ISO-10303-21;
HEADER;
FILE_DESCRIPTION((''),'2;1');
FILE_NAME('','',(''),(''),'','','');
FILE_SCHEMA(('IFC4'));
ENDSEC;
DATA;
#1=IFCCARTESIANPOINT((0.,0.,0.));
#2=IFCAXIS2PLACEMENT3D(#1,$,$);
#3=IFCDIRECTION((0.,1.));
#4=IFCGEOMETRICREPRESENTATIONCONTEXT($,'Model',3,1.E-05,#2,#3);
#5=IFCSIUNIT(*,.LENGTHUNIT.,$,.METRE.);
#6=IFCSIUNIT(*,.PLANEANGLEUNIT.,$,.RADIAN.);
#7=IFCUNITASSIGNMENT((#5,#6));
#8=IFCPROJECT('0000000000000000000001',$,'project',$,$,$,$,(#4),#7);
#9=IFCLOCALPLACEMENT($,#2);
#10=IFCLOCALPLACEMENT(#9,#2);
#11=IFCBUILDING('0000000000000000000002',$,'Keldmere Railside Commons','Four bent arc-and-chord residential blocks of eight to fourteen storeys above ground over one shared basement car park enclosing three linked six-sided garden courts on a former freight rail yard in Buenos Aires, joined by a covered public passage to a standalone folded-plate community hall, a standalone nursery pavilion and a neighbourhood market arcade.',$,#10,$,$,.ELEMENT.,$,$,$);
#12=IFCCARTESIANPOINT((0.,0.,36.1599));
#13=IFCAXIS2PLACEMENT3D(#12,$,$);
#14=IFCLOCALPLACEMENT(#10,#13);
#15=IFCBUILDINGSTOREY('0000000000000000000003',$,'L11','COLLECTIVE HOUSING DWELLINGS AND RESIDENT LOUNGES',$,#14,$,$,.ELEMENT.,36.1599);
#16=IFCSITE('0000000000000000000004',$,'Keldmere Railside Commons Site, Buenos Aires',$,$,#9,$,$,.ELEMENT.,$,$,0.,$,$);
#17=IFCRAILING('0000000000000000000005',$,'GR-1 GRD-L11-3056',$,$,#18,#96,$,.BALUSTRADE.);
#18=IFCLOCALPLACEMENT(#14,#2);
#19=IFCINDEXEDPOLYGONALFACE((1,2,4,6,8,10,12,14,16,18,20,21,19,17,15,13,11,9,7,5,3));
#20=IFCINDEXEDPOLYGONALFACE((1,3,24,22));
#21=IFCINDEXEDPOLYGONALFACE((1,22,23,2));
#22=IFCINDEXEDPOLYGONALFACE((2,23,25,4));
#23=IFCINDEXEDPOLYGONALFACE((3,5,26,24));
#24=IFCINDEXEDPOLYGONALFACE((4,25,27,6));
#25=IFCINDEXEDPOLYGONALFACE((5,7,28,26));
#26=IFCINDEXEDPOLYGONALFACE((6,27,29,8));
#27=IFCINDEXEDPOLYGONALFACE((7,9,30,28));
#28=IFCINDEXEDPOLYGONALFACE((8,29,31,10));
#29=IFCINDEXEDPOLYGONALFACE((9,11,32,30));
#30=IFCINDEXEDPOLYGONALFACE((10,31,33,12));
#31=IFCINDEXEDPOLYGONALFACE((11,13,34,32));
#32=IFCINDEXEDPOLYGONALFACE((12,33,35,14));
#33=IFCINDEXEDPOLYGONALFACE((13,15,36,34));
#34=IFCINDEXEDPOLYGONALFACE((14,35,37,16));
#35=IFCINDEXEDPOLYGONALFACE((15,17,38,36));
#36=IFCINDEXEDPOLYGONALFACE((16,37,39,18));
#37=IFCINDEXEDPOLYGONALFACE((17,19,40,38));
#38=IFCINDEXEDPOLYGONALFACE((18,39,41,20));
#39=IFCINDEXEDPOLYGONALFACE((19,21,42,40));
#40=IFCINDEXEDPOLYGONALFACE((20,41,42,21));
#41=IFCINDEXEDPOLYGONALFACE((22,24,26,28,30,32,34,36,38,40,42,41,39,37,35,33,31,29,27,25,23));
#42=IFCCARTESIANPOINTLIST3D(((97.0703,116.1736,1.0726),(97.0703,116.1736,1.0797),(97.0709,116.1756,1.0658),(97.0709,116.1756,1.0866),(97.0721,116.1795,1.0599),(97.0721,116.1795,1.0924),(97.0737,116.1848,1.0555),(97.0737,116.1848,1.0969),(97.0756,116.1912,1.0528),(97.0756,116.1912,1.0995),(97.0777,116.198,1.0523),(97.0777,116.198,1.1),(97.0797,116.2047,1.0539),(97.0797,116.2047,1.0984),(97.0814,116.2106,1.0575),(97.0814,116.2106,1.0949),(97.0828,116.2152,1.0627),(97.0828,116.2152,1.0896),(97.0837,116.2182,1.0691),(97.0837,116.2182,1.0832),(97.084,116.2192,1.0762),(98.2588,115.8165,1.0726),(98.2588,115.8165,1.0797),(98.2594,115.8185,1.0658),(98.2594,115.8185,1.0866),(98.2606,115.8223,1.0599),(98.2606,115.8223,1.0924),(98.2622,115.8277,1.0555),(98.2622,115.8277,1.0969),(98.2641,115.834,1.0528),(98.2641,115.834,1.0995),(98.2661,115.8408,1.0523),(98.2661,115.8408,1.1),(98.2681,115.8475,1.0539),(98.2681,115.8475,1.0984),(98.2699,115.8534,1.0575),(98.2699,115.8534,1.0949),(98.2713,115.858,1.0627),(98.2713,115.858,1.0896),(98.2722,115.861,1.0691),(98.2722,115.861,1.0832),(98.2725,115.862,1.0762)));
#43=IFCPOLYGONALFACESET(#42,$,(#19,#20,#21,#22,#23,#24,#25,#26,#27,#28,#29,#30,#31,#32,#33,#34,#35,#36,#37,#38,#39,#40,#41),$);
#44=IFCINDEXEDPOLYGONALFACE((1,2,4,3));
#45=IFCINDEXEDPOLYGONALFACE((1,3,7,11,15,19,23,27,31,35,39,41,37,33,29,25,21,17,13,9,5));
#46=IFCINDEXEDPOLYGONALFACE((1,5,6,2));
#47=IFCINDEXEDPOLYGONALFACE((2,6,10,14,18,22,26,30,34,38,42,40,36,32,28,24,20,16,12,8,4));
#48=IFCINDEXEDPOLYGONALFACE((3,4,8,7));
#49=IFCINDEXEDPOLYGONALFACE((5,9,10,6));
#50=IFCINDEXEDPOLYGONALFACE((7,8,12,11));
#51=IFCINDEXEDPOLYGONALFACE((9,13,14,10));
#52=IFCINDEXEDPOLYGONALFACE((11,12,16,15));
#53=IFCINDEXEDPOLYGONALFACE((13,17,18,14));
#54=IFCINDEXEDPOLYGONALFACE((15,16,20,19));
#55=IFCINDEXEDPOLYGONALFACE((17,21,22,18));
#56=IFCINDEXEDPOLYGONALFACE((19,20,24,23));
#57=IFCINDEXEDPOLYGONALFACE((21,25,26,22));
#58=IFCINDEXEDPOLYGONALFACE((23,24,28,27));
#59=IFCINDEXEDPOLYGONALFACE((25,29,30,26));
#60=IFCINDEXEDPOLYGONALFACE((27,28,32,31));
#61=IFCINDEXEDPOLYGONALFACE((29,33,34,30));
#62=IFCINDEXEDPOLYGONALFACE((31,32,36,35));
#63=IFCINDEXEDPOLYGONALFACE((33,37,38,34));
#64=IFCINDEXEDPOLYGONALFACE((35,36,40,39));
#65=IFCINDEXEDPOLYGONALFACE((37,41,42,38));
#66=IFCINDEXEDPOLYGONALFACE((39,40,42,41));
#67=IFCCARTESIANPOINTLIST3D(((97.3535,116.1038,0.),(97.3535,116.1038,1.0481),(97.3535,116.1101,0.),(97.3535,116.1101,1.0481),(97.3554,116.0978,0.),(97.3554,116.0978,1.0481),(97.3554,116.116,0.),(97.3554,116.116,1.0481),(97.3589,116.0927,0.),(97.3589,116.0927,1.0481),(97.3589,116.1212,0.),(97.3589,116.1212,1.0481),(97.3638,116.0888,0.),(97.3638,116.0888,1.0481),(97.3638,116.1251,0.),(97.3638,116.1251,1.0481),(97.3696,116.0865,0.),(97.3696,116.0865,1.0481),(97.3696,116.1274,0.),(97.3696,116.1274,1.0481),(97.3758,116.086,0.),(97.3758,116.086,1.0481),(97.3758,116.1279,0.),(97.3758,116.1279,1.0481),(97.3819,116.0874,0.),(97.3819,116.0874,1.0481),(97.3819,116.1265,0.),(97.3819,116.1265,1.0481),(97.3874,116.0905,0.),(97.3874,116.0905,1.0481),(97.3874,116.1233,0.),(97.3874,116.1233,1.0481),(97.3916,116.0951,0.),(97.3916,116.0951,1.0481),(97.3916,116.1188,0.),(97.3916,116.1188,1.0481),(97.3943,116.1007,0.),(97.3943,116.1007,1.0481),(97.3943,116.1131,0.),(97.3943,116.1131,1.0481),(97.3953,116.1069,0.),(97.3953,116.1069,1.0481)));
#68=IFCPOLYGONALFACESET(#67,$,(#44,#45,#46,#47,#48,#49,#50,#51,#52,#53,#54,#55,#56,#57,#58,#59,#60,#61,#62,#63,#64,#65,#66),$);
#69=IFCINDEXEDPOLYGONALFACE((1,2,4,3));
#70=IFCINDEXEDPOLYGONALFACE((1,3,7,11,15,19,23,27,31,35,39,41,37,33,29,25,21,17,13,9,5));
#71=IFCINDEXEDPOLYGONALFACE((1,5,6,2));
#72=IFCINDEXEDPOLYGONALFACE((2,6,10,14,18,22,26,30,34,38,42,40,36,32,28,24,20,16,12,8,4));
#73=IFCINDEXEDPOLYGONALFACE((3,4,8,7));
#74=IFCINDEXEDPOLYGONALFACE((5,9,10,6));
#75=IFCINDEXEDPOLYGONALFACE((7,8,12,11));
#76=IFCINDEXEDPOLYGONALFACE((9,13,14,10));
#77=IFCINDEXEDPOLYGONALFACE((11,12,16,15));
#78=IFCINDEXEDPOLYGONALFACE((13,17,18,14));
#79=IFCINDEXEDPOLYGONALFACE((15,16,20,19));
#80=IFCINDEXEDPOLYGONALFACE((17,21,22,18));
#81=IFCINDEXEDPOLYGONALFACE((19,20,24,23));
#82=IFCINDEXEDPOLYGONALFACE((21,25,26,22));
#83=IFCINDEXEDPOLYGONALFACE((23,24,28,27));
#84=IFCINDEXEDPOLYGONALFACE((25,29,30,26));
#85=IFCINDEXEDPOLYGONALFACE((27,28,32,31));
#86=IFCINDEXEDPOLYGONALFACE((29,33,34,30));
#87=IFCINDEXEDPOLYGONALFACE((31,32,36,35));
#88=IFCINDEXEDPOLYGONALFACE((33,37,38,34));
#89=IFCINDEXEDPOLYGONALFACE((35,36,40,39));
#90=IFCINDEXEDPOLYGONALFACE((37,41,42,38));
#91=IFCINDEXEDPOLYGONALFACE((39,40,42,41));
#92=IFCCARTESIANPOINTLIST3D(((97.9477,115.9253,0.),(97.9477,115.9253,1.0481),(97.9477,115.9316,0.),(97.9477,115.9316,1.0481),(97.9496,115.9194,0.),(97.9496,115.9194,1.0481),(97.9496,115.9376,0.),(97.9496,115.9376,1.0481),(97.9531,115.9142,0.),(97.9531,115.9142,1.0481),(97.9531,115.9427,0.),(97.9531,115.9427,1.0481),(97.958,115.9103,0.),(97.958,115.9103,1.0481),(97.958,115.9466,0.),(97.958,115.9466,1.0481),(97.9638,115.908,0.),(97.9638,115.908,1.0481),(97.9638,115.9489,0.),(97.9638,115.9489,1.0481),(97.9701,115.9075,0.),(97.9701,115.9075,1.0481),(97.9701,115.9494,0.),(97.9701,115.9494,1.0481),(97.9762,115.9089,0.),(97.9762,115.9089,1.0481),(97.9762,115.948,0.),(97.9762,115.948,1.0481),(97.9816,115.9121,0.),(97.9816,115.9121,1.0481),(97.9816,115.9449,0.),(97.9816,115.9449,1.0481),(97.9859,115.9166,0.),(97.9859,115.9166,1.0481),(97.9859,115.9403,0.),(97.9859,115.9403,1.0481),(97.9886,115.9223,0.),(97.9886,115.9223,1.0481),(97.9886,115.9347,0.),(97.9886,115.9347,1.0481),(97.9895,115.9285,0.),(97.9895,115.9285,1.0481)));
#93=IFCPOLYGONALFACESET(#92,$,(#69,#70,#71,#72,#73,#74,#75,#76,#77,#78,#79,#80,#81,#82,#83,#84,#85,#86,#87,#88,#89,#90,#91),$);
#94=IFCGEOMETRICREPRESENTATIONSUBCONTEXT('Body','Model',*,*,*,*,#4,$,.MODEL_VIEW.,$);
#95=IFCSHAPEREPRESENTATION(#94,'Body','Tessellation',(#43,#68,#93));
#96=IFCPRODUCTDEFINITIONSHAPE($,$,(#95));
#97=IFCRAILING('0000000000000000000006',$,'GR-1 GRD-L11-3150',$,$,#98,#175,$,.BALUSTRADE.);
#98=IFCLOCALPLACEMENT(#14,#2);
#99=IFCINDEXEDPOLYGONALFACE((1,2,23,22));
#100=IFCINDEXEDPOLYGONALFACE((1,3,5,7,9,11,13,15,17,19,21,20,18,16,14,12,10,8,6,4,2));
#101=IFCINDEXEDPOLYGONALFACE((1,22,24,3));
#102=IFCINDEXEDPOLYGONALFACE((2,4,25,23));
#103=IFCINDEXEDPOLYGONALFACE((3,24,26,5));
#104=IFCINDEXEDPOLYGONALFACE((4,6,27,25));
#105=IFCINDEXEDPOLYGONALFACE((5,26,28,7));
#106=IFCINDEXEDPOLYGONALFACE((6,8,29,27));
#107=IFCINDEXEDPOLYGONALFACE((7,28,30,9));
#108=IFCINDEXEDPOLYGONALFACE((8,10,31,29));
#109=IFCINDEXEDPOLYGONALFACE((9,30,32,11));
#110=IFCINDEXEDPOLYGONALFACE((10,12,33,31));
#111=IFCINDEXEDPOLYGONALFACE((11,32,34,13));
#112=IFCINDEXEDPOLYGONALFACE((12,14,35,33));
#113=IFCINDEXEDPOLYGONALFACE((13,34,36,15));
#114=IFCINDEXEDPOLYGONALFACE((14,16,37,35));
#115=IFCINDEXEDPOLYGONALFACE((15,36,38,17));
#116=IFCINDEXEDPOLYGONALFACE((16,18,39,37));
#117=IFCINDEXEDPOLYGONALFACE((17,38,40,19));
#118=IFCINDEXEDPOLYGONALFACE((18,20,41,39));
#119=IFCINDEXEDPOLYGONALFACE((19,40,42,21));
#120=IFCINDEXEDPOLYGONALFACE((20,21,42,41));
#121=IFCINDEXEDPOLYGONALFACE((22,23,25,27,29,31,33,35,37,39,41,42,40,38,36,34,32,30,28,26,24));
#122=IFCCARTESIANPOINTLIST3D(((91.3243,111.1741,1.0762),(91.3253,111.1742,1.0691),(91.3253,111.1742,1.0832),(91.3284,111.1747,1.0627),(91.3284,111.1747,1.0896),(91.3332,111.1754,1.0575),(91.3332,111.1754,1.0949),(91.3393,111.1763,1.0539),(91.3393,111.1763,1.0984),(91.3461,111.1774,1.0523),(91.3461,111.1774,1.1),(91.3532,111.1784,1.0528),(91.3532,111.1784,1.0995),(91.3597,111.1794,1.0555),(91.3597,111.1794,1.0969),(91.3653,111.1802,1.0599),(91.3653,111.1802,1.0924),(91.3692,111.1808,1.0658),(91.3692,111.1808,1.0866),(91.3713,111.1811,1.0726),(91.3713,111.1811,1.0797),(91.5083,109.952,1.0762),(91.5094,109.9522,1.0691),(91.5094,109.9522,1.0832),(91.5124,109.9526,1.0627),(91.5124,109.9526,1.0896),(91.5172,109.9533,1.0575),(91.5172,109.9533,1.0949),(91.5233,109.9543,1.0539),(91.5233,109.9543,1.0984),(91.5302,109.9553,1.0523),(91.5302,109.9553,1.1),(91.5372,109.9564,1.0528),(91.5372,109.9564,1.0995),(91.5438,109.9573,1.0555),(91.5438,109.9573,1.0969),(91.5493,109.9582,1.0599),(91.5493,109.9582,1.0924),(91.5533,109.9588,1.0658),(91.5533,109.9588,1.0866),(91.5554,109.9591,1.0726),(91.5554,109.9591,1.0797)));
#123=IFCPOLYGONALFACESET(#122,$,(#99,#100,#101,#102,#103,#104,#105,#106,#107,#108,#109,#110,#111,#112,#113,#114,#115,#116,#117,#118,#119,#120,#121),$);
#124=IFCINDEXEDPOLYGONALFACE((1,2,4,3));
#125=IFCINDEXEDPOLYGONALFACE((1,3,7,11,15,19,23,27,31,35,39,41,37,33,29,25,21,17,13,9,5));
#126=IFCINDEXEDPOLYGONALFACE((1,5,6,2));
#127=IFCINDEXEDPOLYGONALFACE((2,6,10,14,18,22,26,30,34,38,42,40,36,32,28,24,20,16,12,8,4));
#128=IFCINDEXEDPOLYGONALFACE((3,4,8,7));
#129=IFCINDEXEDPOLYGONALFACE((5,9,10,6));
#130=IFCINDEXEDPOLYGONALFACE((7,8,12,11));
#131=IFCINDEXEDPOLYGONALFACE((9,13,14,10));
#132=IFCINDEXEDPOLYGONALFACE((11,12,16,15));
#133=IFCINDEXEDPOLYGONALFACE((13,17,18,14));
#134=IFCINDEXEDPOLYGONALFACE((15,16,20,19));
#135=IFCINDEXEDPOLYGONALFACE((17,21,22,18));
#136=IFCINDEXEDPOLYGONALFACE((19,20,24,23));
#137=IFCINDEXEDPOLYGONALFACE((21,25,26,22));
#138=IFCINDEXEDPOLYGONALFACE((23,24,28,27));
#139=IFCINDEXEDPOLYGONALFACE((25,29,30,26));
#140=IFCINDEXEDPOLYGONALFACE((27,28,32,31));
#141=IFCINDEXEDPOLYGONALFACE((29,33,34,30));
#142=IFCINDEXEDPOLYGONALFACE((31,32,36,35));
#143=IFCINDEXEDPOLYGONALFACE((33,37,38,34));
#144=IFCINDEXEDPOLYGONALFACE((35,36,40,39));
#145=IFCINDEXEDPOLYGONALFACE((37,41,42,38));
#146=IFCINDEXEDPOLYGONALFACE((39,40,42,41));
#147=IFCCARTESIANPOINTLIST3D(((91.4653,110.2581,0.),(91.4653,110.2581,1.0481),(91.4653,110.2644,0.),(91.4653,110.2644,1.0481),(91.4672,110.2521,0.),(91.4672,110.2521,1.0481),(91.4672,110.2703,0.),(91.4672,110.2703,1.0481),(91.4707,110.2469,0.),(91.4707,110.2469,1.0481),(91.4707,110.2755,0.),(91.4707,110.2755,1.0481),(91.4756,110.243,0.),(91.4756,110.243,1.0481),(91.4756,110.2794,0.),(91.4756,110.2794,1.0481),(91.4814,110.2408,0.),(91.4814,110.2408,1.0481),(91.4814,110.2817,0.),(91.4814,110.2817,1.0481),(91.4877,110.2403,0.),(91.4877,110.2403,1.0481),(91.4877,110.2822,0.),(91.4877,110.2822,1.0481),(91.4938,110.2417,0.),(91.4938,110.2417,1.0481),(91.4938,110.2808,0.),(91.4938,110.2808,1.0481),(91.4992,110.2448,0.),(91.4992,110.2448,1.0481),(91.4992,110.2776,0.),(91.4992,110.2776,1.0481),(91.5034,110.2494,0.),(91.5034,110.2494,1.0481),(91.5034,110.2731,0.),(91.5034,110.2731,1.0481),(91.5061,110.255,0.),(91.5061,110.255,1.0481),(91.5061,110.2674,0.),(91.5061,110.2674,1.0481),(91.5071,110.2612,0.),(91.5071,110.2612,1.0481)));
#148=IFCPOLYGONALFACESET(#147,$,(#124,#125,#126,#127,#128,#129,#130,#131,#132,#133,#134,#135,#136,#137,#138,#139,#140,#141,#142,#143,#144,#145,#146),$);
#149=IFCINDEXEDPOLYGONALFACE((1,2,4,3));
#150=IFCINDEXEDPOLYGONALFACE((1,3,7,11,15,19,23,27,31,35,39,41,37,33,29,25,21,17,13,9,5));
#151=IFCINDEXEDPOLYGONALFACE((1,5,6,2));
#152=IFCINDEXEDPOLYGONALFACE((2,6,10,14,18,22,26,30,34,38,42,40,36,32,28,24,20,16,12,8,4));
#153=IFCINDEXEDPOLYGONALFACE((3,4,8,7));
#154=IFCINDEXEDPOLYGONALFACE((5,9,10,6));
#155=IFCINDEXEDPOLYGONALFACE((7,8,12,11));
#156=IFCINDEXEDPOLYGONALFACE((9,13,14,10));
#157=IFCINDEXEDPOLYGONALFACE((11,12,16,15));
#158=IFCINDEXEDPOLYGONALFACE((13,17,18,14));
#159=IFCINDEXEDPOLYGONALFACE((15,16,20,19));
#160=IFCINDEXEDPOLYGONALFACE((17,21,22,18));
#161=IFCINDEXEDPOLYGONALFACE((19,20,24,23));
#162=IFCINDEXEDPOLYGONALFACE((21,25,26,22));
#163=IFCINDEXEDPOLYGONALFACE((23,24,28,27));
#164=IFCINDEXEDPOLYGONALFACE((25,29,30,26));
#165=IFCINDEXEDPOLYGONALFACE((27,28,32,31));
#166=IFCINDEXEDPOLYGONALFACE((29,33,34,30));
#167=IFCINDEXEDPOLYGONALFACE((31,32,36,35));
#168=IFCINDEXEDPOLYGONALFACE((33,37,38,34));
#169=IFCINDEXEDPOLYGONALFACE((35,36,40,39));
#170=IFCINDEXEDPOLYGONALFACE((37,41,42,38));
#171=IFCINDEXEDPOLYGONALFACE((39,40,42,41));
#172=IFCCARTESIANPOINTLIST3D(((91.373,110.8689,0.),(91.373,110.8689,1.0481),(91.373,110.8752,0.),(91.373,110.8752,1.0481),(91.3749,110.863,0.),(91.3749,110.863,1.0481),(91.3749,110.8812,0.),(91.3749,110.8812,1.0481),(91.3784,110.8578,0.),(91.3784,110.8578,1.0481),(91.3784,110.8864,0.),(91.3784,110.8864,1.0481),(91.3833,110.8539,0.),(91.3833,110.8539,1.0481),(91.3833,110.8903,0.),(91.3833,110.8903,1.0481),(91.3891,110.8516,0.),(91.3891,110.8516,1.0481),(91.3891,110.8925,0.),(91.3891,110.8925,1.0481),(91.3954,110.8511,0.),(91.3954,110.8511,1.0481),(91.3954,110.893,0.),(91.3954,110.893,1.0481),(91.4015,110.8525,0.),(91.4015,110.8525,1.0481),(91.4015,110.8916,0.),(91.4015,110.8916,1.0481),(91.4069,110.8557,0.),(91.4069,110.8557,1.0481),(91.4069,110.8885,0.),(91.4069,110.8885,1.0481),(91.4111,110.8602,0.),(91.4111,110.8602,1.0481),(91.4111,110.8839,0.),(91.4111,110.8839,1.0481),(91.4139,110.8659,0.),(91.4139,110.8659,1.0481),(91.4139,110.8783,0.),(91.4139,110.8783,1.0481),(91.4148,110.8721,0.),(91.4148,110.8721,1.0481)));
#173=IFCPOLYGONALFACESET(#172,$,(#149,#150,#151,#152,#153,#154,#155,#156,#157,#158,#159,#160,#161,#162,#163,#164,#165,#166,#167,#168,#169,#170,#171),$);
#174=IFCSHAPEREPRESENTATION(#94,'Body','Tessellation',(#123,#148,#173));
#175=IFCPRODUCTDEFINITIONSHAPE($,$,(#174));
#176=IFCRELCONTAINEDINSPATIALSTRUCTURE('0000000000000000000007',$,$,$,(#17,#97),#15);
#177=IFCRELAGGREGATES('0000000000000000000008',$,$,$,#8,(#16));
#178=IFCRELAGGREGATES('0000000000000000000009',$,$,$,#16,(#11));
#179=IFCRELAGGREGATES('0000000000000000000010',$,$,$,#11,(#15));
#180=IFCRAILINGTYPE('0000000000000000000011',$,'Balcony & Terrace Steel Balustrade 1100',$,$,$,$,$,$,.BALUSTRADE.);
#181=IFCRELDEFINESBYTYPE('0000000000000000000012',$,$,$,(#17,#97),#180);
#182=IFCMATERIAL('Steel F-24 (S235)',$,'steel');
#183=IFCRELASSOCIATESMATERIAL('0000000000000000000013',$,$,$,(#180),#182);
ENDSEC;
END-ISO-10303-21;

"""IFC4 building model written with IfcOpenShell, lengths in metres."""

from ifc_helpers import new_model, si_unit, direction, frame, origin, origin_2d, place, context, subcontext, project, spatial, circle, extrude, material, type_object, element, save


model = new_model("IFC4")

# Units and contexts
model_context = context("Model", 3, precision=1e-05, world=origin(), true_north=direction((0.0, 1.0)))
body_context = subcontext(model_context, "Body", "Model", "MODEL_VIEW")
ifc_project = project(units=[si_unit("LENGTHUNIT", "METRE"), si_unit("PLANEANGLEUNIT", "RADIAN")], contexts=[model_context])

# Site, building, storey
site_placement = place(None, origin())
site = spatial("IfcSite", under=ifc_project, at=site_placement, Name="Keldmere Railside Commons Site, Buenos Aires", CompositionType="ELEMENT", RefElevation=0.0)
building_placement = place(site_placement, origin())
building = spatial("IfcBuilding", under=site, at=building_placement, Name="Keldmere Railside Commons", Description="Four bent arc-and-chord residential blocks of eight to fourteen storeys above ground over one shared basement car park enclosing three linked six-sided garden courts on a former freight rail yard in Buenos Aires, joined by a covered public passage to a standalone folded-plate community hall, a standalone nursery pavilion and a neighbourhood market arcade.", CompositionType="ELEMENT")
storey_placement = place(building_placement, frame((0.0, 0.0, 36.1599)))
storey = spatial("IfcBuildingStorey", under=building, at=storey_placement, Name="L11", Description="COLLECTIVE HOUSING DWELLINGS AND RESIDENT LOUNGES", CompositionType="ELEMENT", Elevation=36.1599)

# Railings
ifc_material_1 = material(Name="Steel F-24 (S235)", Category="steel")
railing_type = type_object("IfcRailingType", Name="Balcony & Terrace Steel Balustrade 1100", PredefinedType="BALUSTRADE", material=ifc_material_1)
railing_1_placement = place(storey_placement, frame((97.0771, 116.1963, 0.0)))
element("IfcRailing", 1, at=railing_1_placement, inside=storey, type_object=railing_type, Name="GR-1 GRD-L11-3056", PredefinedType="BALUSTRADE", context=body_context, shape_type="SweptSolid", body=[
    extrude(circle(Radius=0.0239, at=origin_2d()), frame((0.0, 0.0, 1.0762), z_axis=(0.957685, -0.287817, 0.0), x_axis=(0.287817, 0.957685, 0.0)), (0.0, 0.0, 1.0), 1.241),
    extrude(circle(Radius=0.021, at=origin_2d()), frame((0.2971, -0.0894, 0.0)), (0.0, 0.0, 1.0), 1.0481),
    extrude(circle(Radius=0.021, at=origin_2d()), frame((0.8914, -0.2678, 0.0)), (0.0, 0.0, 1.0), 1.0481),
])
railing_2_placement = place(storey_placement, frame((91.532, 109.9556, 0.0)))
element("IfcRailing", 2, at=railing_2_placement, inside=storey, type_object=railing_type, Name="GR-1 GRD-L11-3150", PredefinedType="BALUSTRADE", context=body_context, shape_type="SweptSolid", body=[
    extrude(circle(Radius=0.0239, at=origin_2d()), frame((0.0, 0.0, 1.0762), z_axis=(-0.148939, 0.988846, 0.0), x_axis=(-0.988846, -0.148939, 0.0)), (0.0, 0.0, 1.0), 1.2358),
    extrude(circle(Radius=0.021, at=origin_2d()), frame((-0.0459, 0.3057, 0.0)), (0.0, 0.0, 1.0), 1.0481),
    extrude(circle(Radius=0.021, at=origin_2d()), frame((-0.1382, 0.9165, 0.0)), (0.0, 0.0, 1.0), 1.0481),
])

save(model, "model.ifc")
